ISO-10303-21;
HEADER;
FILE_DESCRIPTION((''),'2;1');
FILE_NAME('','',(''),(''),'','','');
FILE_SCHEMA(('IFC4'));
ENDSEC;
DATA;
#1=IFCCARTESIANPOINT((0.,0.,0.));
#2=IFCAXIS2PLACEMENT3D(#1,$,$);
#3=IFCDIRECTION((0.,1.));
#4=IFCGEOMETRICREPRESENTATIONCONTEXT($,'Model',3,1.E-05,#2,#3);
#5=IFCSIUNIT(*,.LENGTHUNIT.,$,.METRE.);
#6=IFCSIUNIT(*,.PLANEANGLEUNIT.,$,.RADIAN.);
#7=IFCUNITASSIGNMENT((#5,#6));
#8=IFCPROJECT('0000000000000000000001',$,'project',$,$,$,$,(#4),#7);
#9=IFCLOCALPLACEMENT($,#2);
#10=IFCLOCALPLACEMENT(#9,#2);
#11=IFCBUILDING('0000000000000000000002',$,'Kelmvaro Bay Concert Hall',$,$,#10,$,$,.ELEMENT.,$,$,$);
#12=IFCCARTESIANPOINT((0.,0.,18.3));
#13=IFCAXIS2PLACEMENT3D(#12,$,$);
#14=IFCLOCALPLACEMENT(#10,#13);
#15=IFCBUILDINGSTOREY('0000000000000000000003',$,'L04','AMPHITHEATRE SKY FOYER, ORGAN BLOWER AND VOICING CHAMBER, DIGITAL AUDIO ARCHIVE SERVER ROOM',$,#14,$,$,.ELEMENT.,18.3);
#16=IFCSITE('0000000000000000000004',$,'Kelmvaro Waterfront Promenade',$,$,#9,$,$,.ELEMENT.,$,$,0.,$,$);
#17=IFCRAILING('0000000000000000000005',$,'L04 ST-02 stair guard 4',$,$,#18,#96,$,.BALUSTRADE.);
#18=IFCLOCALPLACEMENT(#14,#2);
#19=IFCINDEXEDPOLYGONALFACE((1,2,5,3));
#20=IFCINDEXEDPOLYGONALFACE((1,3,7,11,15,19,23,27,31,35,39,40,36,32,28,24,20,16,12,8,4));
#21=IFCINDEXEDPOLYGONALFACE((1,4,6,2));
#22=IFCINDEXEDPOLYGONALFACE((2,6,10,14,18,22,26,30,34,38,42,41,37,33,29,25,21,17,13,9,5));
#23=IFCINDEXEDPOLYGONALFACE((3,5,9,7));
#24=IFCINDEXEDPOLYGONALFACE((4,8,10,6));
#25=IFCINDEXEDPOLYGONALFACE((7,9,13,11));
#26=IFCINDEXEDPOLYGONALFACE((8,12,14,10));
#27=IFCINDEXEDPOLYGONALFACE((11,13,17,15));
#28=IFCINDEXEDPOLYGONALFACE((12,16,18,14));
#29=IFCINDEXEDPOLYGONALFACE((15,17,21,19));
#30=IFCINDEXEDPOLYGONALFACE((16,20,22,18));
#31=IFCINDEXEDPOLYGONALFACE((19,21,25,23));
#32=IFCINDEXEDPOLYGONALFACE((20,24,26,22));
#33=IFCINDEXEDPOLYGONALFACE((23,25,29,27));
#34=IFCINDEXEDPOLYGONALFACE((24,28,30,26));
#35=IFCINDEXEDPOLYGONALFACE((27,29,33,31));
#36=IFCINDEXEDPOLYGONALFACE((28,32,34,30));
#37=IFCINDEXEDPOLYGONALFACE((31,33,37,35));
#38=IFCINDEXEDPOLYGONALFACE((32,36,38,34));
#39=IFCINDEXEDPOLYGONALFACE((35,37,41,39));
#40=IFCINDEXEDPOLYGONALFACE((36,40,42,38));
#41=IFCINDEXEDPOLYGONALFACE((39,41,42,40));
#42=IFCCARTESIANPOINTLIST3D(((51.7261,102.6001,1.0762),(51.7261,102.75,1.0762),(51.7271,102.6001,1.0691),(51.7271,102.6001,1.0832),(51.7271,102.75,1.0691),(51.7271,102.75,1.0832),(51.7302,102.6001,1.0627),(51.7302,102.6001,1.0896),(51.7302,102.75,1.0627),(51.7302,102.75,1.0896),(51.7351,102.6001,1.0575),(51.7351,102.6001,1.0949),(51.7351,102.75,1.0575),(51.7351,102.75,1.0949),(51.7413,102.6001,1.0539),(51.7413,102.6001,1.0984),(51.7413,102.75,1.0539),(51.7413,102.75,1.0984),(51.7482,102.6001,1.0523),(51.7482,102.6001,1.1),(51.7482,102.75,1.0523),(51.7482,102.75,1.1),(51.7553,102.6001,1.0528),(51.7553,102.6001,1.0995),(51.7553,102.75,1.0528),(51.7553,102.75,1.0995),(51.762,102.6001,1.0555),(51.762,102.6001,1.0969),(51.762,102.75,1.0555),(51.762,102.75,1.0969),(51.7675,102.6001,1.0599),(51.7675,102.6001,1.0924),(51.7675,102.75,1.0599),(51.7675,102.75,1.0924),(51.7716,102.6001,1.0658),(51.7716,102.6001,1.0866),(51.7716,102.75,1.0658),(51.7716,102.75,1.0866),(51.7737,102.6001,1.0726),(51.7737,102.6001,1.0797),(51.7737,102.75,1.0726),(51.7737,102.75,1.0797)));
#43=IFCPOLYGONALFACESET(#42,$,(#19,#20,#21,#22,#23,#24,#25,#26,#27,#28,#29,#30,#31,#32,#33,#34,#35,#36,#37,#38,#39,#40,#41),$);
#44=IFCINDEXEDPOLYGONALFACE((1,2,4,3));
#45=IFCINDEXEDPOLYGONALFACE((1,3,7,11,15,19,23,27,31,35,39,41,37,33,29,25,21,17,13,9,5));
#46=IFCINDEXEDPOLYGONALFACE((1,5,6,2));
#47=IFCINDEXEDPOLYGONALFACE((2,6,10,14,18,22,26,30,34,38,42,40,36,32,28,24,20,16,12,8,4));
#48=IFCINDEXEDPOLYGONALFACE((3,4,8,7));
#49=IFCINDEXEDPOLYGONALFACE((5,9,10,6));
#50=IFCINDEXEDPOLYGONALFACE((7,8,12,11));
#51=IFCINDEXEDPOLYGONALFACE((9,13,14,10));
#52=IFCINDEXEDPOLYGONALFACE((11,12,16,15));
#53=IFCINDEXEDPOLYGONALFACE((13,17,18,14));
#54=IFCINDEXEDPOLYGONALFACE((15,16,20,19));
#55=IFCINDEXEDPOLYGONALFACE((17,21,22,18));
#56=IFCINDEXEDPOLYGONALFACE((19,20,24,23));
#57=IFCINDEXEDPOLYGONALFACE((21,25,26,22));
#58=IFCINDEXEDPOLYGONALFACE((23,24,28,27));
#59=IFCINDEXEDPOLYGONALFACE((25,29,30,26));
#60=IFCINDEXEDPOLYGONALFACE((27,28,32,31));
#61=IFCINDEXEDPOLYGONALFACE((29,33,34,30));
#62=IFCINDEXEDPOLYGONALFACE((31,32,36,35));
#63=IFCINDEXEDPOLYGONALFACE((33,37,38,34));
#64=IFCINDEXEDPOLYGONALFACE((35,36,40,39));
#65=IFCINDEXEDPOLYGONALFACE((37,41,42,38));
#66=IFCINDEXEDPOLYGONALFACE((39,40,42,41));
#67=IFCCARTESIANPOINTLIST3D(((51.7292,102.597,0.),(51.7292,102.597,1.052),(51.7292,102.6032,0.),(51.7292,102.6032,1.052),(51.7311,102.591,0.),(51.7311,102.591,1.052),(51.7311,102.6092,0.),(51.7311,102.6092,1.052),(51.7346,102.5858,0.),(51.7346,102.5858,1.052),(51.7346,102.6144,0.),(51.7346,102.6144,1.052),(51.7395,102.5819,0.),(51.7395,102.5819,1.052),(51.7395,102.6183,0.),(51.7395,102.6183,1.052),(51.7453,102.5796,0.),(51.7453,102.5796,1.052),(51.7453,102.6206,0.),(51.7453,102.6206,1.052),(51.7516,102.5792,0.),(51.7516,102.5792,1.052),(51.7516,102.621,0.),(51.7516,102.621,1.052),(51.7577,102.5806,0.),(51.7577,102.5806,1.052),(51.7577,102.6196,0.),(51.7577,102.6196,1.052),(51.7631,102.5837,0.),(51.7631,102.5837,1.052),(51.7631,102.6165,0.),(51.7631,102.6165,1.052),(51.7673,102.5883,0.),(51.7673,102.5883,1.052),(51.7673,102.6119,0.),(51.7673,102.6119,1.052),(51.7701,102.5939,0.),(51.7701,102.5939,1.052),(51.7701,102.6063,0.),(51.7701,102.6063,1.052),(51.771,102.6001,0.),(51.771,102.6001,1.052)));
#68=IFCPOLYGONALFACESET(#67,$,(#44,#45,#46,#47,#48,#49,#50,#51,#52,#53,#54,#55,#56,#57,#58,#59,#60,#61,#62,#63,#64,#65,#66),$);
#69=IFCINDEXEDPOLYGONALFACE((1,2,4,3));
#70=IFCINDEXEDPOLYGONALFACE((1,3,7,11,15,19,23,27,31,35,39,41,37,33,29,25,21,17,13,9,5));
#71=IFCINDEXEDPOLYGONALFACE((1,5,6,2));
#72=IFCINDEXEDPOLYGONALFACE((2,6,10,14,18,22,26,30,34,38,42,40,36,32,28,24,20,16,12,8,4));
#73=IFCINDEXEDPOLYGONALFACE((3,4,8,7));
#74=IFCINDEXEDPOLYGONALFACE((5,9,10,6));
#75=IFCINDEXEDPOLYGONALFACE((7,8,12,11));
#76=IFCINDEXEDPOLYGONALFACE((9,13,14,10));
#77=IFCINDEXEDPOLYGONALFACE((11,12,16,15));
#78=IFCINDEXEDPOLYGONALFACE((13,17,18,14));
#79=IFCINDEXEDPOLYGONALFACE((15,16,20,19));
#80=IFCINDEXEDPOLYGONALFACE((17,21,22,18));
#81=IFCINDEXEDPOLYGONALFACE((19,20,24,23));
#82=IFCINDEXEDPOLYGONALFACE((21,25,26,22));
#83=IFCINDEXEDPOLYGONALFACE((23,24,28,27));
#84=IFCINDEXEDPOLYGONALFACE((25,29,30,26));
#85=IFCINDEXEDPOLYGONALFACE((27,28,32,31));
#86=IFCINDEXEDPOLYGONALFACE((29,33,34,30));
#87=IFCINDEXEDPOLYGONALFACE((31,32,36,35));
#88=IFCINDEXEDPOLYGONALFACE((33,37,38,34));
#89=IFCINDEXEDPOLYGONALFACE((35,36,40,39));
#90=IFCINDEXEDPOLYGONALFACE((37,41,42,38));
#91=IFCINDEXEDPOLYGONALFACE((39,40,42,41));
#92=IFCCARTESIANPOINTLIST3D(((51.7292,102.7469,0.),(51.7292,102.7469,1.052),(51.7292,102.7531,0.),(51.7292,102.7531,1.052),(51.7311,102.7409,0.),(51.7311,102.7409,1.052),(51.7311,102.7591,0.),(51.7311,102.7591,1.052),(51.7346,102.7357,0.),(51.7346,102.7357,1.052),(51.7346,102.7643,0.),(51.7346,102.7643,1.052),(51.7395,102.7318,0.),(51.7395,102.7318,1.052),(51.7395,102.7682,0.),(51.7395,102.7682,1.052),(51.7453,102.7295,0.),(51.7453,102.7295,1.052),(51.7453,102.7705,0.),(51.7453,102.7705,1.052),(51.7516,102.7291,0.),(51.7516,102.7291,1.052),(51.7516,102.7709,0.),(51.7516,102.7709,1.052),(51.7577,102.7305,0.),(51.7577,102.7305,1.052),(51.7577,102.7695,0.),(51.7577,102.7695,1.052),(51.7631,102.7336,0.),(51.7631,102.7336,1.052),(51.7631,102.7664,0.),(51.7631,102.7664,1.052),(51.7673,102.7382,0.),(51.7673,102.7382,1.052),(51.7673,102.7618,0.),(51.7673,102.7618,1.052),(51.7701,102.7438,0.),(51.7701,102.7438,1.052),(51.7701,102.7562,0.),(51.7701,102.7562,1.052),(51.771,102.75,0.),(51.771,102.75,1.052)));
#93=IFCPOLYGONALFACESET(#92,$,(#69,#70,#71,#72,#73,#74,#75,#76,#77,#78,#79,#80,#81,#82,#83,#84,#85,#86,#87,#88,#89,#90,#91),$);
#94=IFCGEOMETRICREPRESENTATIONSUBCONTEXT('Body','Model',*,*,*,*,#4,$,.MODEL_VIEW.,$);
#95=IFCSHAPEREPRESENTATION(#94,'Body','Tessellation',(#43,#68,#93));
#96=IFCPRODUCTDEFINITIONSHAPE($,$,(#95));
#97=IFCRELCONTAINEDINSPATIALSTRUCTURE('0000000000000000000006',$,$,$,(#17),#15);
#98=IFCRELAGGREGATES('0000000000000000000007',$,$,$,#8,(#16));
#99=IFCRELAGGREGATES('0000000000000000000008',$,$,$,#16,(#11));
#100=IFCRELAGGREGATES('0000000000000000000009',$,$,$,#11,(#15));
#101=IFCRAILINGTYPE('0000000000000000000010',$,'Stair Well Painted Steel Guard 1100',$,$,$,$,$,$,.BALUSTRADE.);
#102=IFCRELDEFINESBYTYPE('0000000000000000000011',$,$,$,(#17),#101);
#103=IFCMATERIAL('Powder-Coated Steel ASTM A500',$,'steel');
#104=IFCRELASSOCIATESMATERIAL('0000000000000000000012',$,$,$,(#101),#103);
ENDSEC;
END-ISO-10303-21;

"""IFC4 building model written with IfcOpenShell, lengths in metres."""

from ifc_helpers import new_model, si_unit, direction, frame, origin, origin_2d, place, context, subcontext, project, spatial, circle, extrude, material, type_object, element, save


model = new_model("IFC4")

# Units and contexts
model_context = context("Model", 3, precision=1e-05, world=origin(), true_north=direction((0.0, 1.0)))
body_context = subcontext(model_context, "Body", "Model", "MODEL_VIEW")
ifc_project = project(units=[si_unit("LENGTHUNIT", "METRE"), si_unit("PLANEANGLEUNIT", "RADIAN")], contexts=[model_context])

# Site, building, storey
site_placement = place(None, origin())
site = spatial("IfcSite", under=ifc_project, at=site_placement, Name="Kelmvaro Waterfront Promenade", CompositionType="ELEMENT", RefElevation=0.0)
building_placement = place(site_placement, origin())
building = spatial("IfcBuilding", under=site, at=building_placement, Name="Kelmvaro Bay Concert Hall", CompositionType="ELEMENT")
storey_placement = place(building_placement, frame((0.0, 0.0, 18.3)))
storey = spatial("IfcBuildingStorey", under=building, at=storey_placement, Name="L04", Description="AMPHITHEATRE SKY FOYER, ORGAN BLOWER AND VOICING CHAMBER, DIGITAL AUDIO ARCHIVE SERVER ROOM", CompositionType="ELEMENT", Elevation=18.3)

# Railing
ifc_material_1 = material(Name="Powder-Coated Steel ASTM A500", Category="steel")
railing_type_1 = type_object("IfcRailingType", Name="Stair Well Painted Steel Guard 1100", PredefinedType="BALUSTRADE", material=ifc_material_1)
railing_1_placement = place(storey_placement, frame((51.75, 102.6001, 0.0)))
element("IfcRailing", 1, at=railing_1_placement, inside=storey, type_object=railing_type_1, Name="L04 ST-02 stair guard 4", PredefinedType="BALUSTRADE", context=body_context, shape_type="SweptSolid", body=[
    extrude(circle(Radius=0.0239, at=origin_2d()), frame((0.0, 0.0, 1.0762), z_axis=(0.0, 1.0, 0.0), x_axis=(-1.0, 0.0, 0.0)), (0.0, 0.0, 1.0), 0.1499),
    extrude(circle(Radius=0.021, at=origin_2d()), origin(), (0.0, 0.0, 1.0), 1.052),
    extrude(circle(Radius=0.021, at=origin_2d()), frame((0.0, 0.1499, 0.0)), (0.0, 0.0, 1.0), 1.052),
])

save(model, "model.ifc")
